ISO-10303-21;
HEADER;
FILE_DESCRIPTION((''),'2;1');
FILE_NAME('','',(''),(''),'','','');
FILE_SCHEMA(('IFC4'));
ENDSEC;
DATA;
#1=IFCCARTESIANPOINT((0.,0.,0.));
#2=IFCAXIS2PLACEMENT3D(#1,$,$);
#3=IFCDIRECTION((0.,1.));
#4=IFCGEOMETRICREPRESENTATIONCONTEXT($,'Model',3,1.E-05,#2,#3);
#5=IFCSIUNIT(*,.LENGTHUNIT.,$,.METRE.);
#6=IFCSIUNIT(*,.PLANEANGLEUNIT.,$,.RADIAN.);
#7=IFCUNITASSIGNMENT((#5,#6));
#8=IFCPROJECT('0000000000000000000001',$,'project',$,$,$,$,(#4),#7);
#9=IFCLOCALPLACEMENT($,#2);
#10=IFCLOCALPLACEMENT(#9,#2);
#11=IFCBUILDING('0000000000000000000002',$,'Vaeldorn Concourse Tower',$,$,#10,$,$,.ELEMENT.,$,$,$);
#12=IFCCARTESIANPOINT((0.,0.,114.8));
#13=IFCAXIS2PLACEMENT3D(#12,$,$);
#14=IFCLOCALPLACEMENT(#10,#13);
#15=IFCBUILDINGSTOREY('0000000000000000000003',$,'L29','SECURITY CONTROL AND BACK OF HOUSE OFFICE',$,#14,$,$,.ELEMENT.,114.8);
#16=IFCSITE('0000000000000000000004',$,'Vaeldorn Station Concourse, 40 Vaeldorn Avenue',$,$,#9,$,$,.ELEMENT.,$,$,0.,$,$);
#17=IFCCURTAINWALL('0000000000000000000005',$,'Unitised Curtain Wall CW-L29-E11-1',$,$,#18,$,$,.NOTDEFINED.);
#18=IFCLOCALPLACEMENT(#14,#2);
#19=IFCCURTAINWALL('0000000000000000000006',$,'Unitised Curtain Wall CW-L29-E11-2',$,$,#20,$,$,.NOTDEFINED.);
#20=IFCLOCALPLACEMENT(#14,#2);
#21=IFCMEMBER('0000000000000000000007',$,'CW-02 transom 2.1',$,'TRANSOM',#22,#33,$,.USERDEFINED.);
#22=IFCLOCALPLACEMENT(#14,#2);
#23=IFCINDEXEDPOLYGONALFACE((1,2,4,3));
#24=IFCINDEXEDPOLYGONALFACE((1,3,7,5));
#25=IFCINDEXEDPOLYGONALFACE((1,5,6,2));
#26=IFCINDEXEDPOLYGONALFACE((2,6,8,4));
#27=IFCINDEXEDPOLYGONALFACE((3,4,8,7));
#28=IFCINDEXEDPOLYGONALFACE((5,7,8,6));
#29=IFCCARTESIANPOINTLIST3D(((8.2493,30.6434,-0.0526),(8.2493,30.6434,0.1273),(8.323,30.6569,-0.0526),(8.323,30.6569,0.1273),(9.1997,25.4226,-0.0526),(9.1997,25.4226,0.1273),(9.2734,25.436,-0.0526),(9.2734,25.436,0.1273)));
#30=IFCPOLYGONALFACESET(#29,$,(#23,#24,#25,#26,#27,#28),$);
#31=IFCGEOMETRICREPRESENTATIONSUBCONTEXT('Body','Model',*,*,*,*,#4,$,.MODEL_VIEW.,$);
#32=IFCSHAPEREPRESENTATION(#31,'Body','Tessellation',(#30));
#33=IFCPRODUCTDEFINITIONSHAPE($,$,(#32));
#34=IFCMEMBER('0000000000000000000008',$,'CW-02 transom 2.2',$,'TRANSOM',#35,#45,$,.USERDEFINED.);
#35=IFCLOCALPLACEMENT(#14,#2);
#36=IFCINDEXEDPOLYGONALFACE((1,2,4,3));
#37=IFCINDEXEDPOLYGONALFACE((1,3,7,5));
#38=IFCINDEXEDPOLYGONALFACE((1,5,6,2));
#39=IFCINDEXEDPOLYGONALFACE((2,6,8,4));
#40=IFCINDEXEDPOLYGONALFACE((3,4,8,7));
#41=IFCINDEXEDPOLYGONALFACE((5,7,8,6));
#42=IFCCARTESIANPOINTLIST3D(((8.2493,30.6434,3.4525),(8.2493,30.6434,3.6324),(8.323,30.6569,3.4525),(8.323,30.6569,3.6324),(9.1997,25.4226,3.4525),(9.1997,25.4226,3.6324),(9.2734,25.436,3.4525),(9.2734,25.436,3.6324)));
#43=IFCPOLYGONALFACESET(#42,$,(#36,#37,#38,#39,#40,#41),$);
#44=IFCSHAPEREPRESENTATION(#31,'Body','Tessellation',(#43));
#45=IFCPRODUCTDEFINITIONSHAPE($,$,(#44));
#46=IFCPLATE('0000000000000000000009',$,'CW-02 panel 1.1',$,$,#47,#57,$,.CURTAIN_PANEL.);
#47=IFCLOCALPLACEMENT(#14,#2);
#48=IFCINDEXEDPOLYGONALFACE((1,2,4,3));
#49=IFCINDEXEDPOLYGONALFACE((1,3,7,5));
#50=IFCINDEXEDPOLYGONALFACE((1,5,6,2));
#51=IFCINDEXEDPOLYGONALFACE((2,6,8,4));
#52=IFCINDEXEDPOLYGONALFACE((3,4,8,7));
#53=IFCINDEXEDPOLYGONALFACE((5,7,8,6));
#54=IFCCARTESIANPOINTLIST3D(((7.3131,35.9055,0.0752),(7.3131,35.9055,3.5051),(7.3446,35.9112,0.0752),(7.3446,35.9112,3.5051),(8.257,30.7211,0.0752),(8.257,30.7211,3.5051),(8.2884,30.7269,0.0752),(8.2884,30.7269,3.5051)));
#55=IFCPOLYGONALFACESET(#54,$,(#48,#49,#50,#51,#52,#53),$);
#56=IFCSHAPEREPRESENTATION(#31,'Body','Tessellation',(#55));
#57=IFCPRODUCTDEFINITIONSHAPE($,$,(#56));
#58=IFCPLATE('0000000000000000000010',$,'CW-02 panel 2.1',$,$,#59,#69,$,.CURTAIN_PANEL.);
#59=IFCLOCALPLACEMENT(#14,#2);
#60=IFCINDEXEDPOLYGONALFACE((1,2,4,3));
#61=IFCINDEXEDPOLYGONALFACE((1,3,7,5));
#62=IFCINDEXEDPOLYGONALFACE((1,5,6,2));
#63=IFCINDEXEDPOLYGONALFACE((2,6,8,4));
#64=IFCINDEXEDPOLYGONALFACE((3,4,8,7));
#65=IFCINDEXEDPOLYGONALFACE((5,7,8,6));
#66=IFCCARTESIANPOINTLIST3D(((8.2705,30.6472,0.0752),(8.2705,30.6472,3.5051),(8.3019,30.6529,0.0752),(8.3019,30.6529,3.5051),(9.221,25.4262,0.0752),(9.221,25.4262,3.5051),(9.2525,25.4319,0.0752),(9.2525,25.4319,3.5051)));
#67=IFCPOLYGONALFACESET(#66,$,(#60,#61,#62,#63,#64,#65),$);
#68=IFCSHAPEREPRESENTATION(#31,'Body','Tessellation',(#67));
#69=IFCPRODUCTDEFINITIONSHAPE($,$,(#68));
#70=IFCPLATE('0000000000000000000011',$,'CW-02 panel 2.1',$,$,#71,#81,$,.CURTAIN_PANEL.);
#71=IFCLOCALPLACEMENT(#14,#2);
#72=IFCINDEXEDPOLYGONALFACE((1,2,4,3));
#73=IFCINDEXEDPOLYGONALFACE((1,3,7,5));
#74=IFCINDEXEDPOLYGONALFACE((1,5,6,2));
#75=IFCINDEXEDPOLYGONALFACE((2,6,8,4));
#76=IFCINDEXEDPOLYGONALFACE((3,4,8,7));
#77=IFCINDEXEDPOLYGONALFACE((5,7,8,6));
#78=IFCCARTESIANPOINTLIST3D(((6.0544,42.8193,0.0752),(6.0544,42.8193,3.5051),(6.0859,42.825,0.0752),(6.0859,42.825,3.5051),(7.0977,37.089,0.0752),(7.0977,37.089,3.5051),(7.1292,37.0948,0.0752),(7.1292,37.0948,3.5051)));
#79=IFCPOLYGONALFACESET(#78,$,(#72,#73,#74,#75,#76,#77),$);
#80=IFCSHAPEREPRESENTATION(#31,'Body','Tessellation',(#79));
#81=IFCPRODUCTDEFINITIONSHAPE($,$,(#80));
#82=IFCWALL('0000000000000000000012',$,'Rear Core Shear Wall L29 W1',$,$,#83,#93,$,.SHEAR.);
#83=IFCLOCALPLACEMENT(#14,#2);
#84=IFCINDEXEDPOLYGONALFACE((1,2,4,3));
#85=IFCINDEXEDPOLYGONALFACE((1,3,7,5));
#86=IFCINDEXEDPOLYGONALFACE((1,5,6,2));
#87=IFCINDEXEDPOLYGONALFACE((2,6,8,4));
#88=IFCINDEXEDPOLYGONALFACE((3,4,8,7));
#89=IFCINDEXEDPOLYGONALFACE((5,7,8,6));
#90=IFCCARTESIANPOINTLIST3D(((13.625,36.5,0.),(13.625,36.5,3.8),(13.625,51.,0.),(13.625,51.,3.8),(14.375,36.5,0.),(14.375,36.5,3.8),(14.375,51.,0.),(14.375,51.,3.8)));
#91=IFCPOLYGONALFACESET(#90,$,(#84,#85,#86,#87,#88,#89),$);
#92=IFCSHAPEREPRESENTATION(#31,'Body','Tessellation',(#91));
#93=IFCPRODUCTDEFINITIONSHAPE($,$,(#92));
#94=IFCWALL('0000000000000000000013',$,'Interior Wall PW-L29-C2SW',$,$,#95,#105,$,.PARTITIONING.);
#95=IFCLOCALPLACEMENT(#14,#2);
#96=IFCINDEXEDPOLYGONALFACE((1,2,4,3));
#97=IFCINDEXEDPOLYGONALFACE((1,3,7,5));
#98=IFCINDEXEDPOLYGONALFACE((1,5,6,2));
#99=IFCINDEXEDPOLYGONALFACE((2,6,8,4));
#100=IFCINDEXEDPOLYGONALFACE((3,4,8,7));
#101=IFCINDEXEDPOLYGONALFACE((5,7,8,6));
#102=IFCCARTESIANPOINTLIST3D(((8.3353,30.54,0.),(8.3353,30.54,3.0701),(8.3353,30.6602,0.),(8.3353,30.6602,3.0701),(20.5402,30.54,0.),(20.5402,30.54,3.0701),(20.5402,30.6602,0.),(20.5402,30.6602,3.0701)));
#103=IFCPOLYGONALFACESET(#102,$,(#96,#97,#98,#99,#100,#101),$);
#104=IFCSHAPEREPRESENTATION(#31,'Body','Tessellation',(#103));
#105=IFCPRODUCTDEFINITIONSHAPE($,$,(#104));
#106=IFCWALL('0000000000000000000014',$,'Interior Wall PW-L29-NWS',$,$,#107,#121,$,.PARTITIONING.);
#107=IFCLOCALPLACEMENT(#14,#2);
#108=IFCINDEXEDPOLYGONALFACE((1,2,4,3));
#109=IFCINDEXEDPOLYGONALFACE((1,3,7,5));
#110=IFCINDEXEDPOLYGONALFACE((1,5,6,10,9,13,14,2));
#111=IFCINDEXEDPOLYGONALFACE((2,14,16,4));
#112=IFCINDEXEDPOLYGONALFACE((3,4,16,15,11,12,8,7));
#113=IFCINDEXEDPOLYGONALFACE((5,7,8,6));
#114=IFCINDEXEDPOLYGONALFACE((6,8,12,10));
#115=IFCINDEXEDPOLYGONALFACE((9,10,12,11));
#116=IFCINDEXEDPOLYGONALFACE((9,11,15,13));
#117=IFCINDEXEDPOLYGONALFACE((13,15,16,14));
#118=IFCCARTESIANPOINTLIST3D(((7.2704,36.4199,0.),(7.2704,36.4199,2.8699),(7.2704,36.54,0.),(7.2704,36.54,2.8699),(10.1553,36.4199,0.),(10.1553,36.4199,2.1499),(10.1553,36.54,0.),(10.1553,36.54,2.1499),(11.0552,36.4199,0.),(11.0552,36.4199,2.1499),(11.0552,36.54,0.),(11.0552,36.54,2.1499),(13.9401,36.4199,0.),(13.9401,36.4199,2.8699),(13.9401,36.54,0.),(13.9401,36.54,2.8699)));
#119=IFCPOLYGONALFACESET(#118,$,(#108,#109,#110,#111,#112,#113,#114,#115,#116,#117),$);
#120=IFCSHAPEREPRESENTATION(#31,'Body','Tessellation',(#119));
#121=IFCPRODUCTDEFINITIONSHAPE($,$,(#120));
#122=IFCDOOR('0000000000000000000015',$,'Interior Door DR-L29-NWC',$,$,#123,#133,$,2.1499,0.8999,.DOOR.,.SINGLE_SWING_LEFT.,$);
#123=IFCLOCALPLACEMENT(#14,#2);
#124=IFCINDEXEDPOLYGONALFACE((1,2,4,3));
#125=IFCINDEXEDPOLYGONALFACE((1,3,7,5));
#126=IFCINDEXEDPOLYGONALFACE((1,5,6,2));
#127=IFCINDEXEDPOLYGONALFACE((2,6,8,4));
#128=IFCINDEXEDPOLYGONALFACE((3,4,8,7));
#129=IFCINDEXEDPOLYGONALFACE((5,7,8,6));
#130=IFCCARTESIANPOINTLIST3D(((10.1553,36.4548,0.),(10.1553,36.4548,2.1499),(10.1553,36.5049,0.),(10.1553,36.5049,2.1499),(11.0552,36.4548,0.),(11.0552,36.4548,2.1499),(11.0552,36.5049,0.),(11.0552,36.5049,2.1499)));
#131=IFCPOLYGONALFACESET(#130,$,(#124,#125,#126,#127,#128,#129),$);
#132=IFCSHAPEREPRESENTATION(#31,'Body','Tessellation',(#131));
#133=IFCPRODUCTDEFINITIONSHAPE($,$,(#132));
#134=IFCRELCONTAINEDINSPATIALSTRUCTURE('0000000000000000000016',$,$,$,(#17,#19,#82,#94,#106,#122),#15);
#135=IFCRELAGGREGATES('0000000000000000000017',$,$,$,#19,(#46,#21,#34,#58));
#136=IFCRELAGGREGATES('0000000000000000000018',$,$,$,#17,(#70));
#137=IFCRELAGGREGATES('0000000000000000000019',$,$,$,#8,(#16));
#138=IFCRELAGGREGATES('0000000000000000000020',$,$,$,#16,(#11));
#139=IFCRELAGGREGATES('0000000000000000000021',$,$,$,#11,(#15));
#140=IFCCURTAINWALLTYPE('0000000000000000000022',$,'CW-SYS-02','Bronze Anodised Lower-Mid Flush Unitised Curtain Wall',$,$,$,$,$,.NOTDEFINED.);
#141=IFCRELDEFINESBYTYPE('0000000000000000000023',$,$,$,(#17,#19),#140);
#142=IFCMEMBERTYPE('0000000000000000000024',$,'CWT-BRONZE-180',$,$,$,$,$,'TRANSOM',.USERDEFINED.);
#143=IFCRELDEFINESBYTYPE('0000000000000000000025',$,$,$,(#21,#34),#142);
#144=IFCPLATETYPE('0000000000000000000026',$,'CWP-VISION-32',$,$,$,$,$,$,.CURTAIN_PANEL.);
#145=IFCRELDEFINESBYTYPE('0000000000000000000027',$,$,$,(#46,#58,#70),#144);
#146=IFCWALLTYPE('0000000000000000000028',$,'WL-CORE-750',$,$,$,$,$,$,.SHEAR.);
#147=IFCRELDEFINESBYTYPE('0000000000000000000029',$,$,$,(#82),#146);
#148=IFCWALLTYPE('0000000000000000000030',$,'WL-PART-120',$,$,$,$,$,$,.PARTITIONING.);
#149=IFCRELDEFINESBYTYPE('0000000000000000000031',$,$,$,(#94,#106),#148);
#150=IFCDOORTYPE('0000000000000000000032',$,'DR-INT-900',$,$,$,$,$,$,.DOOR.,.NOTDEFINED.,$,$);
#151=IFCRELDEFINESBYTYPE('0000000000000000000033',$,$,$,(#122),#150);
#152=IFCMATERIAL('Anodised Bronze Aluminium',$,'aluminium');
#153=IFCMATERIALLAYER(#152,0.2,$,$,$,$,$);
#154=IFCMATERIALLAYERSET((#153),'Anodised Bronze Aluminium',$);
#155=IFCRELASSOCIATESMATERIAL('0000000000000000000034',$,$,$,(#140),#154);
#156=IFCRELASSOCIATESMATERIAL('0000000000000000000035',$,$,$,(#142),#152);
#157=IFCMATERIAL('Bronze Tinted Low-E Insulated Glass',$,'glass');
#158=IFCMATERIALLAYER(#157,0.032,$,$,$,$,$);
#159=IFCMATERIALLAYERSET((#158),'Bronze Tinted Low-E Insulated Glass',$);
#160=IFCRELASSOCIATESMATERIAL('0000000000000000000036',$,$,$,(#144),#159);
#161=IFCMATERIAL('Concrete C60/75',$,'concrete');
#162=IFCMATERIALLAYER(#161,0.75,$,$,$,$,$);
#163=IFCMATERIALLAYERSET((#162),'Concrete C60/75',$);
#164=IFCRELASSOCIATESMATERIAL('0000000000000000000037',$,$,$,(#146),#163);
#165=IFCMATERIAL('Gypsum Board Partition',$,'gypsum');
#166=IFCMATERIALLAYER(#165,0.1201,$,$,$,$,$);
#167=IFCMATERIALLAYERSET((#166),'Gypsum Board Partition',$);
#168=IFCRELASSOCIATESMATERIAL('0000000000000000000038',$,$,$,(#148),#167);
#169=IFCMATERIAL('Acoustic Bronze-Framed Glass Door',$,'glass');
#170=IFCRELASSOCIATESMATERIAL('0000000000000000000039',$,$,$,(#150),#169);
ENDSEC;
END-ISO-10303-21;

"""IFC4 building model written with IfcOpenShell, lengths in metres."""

from ifc_helpers import new_model, si_unit, direction, frame, frame_2d, origin, origin_2d, place, context, subcontext, project, spatial, rectangle, extrude, source, transform, mapped, material, layer, layer_set, material_profile, profile_set, type_object, element, fill, aggregate, save


model = new_model("IFC4")

# Units and contexts
model_context = context("Model", 3, precision=1e-05, world=origin(), true_north=direction((0.0, 1.0)))
body_context = subcontext(model_context, "Body", "Model", "MODEL_VIEW")
ifc_project = project(units=[si_unit("LENGTHUNIT", "METRE"), si_unit("PLANEANGLEUNIT", "RADIAN")], contexts=[model_context])

# Site, building, storey
site_placement = place(None, origin())
site = spatial("IfcSite", under=ifc_project, at=site_placement, Name="Vaeldorn Station Concourse, 40 Vaeldorn Avenue", CompositionType="ELEMENT", RefElevation=0.0)
building_placement = place(site_placement, origin())
building = spatial("IfcBuilding", under=site, at=building_placement, Name="Vaeldorn Concourse Tower", CompositionType="ELEMENT")
storey_placement = place(building_placement, frame((0.0, 0.0, 114.8)))
storey = spatial("IfcBuildingStorey", under=building, at=storey_placement, Name="L29", Description="SECURITY CONTROL AND BACK OF HOUSE OFFICE", CompositionType="ELEMENT", Elevation=114.8)

# Shared definitions
ifc_material_1 = material(Name="Concrete C60/75", Category="concrete")

# Curtain wall
ifc_material_2 = material(Name="Anodised Bronze Aluminium", Category="aluminium")
ifc_layer_1 = layer(ifc_material_2, 0.2)
ifc_layer_set_1 = layer_set([ifc_layer_1], Name="Anodised Bronze Aluminium")
curtain_wall_type = type_object("IfcCurtainWallType", Name="CW-SYS-02", Description="Bronze Anodised Lower-Mid Flush Unitised Curtain Wall", PredefinedType="NOTDEFINED", material=ifc_layer_set_1)
curtain_wall_1_placement = place(storey_placement, origin())
curtain_wall_1 = element("IfcCurtainWall", 1, at=curtain_wall_1_placement, inside=storey, type_object=curtain_wall_type, Name="Unitised Curtain Wall CW-L29-E11-1", PredefinedType="NOTDEFINED")

# Curtain wall, members, plates
curtain_wall_2_placement = place(storey_placement, origin())
curtain_wall_2 = element("IfcCurtainWall", 2, at=curtain_wall_2_placement, inside=storey, type_object=curtain_wall_type, Name="Unitised Curtain Wall CW-L29-E11-2", PredefinedType="NOTDEFINED")
ifc_material_profile_1 = material_profile(ifc_material_2, rectangle(XDim=0.075, YDim=0.1799, at=origin_2d()), Name="CWT 75x180")
ifc_profile_set_1 = profile_set([ifc_material_profile_1], Name="Anodised Bronze Aluminium")
member_type_1 = type_object("IfcMemberType", Name="CWT-BRONZE-180", ElementType="TRANSOM", PredefinedType="USERDEFINED", material=ifc_profile_set_1)
shared_shape_1 = source(origin(), body_context, "Body", "SweptSolid", [
    extrude(rectangle(XDim=0.075, YDim=0.1799, at=origin_2d()), origin(), (0.0, 0.0, 1.0), 5.3066),
])
member_1_placement = place(storey_placement, frame((8.2861, 30.6501, 0.0374), z_axis=(0.1791, -0.983831, 0.0), x_axis=(0.983831, 0.1791, 0.0)))
member_1 = element("IfcMember", 3, at=member_1_placement, type_object=member_type_1, Name="CW-02 transom 2.1", ObjectType="TRANSOM", PredefinedType="USERDEFINED", context=body_context, shape_type="MappedRepresentation", body=[
    mapped(shared_shape_1, transform((0.0, 0.0, 0.0), scale=1.0)),
])
member_2_placement = place(storey_placement, frame((8.2861, 30.6501, 3.5425), z_axis=(0.1791, -0.983831, 0.0), x_axis=(0.983831, 0.1791, 0.0)))
member_2 = element("IfcMember", 4, at=member_2_placement, type_object=member_type_1, Name="CW-02 transom 2.2", ObjectType="TRANSOM", PredefinedType="USERDEFINED", context=body_context, shape_type="MappedRepresentation", body=[
    mapped(shared_shape_1, transform((0.0, 0.0, 0.0), scale=1.0)),
])
ifc_material_3 = material(Name="Bronze Tinted Low-E Insulated Glass", Category="glass")
ifc_layer_2 = layer(ifc_material_3, 0.032)
ifc_layer_set_2 = layer_set([ifc_layer_2], Name="Bronze Tinted Low-E Insulated Glass")
plate_type = type_object("IfcPlateType", Name="CWP-VISION-32", PredefinedType="CURTAIN_PANEL", material=ifc_layer_set_2)
shared_shape_2 = source(origin(), body_context, "Body", "SweptSolid", [
    extrude(rectangle(XDim=5.2695, YDim=0.032, at=origin_2d()), origin(), (0.0, 0.0, 1.0), 3.4299),
])
plate_1_placement = place(storey_placement, frame((7.8008, 33.3162, 0.0752), z_axis=(0.0, 0.0, 1.0), x_axis=(0.179118, -0.983828, 0.0)))
plate_1 = element("IfcPlate", 5, at=plate_1_placement, type_object=plate_type, Name="CW-02 panel 1.1", PredefinedType="CURTAIN_PANEL", context=body_context, shape_type="MappedRepresentation", body=[
    mapped(shared_shape_2, transform((0.0, 0.0, 0.0), scale=1.0)),
])
shared_shape_3 = source(origin(), body_context, "Body", "SweptSolid", [
    extrude(rectangle(XDim=5.3069, YDim=0.032, at=origin_2d()), origin(), (0.0, 0.0, 1.0), 3.4299),
])
plate_2_placement = place(storey_placement, frame((8.7615, 28.0396, 0.0752), z_axis=(0.0, 0.0, 1.0), x_axis=(0.179118, -0.983828, 0.0)))
plate_2 = element("IfcPlate", 6, at=plate_2_placement, type_object=plate_type, Name="CW-02 panel 2.1", PredefinedType="CURTAIN_PANEL", context=body_context, shape_type="MappedRepresentation", body=[
    mapped(shared_shape_3, transform((0.0, 0.0, 0.0), scale=1.0)),
])
aggregate(curtain_wall_2, [plate_1, member_1, member_2, plate_2])

# Plate
shared_shape_4 = source(origin(), body_context, "Body", "SweptSolid", [
    extrude(rectangle(XDim=5.8245, YDim=0.032, at=origin_2d()), origin(), (0.0, 0.0, 1.0), 3.4299),
])
plate_3_placement = place(storey_placement, frame((6.5918, 39.957, 0.0752), z_axis=(0.0, 0.0, 1.0), x_axis=(0.179114, -0.983828, 0.0)))
plate_3 = element("IfcPlate", 7, at=plate_3_placement, type_object=plate_type, Name="CW-02 panel 2.1", PredefinedType="CURTAIN_PANEL", context=body_context, shape_type="MappedRepresentation", body=[
    mapped(shared_shape_4, transform((0.0, 0.0, 0.0), scale=1.0)),
])
aggregate(curtain_wall_1, [plate_3])

# Walls
ifc_layer_3 = layer(ifc_material_1, 0.75)
ifc_layer_set_3 = layer_set([ifc_layer_3], Name="Concrete C60/75")
wall_type_1 = type_object("IfcWallType", Name="WL-CORE-750", PredefinedType="SHEAR", material=ifc_layer_set_3)
wall_1_placement = place(storey_placement, frame((14.0, 36.5, 0.0), z_axis=(0.0, 0.0, 1.0), x_axis=(0.0, 1.0, 0.0)))
element("IfcWall", 8, at=wall_1_placement, inside=storey, type_object=wall_type_1, Name="Rear Core Shear Wall L29 W1", PredefinedType="SHEAR", context=body_context, shape_type="SweptSolid", body=[
    extrude(rectangle(XDim=14.5, YDim=0.75, at=frame_2d((7.25, 0.0))), origin(), (0.0, 0.0, 1.0), 3.8),
])
ifc_material_4 = material(Name="Gypsum Board Partition", Category="gypsum")
ifc_layer_4 = layer(ifc_material_4, 0.1201)
ifc_layer_set_4 = layer_set([ifc_layer_4], Name="Gypsum Board Partition")
wall_type_2 = type_object("IfcWallType", Name="WL-PART-120", PredefinedType="PARTITIONING", material=ifc_layer_set_4)
wall_2_placement = place(storey_placement, frame((8.3352, 30.6001, 0.0), z_axis=(0.0, 0.0, 1.0), x_axis=(1.0, 0.0, 0.0)))
element("IfcWall", 9, at=wall_2_placement, inside=storey, type_object=wall_type_2, Name="Interior Wall PW-L29-C2SW", PredefinedType="PARTITIONING", context=body_context, shape_type="SweptSolid", body=[
    extrude(rectangle(XDim=12.2048, YDim=0.1201, at=frame_2d((6.1025, 0.0))), origin(), (0.0, 0.0, 1.0), 3.0701),
])

# Wall, opening, door
wall_3_placement = place(storey_placement, frame((7.2703, 36.48, 0.0), z_axis=(0.0, 0.0, 1.0), x_axis=(1.0, 0.0, 0.0)))
wall_3 = element("IfcWall", 10, at=wall_3_placement, inside=storey, type_object=wall_type_2, Name="Interior Wall PW-L29-NWS", PredefinedType="PARTITIONING", context=body_context, shape_type="SweptSolid", body=[
    extrude(rectangle(XDim=6.6697, YDim=0.1201, at=frame_2d((3.335, 0.0))), origin(), (0.0, 0.0, 1.0), 2.8699),
])
opening_placement = place(wall_3_placement, frame((2.885, 0.0, 0.0)))
opening = element("IfcOpeningElement", 11, at=opening_placement, cuts=wall_3, PredefinedType="OPENING", context=body_context, shape_type="SweptSolid", body=[
    extrude(rectangle(XDim=0.8999, YDim=2.1499, at=frame_2d((0.45, 1.075))), frame((0.0, 0.0701, 0.0), z_axis=(0.0, -1.0, 0.0), x_axis=(1.0, 0.0, 0.0)), (0.0, 0.0, 1.0), 0.1401),
])
ifc_material_5 = material(Name="Acoustic Bronze-Framed Glass Door", Category="glass")
door_type = type_object("IfcDoorType", Name="DR-INT-900", OperationType="NOTDEFINED", PredefinedType="DOOR", material=ifc_material_5)
shared_shape_5 = source(origin(), body_context, "Body", "SweptSolid", [
    extrude(rectangle(XDim=0.8999, YDim=2.1499, at=frame_2d((0.45, 1.075))), frame((0.0, 0.0249, 0.0), z_axis=(0.0, -1.0, 0.0), x_axis=(1.0, 0.0, 0.0)), (0.0, 0.0, 1.0), 0.05),
])
door_placement = place(opening_placement, origin())
door = element("IfcDoor", 12, at=door_placement, inside=storey, type_object=door_type, Name="Interior Door DR-L29-NWC", OperationType="SINGLE_SWING_LEFT", OverallHeight=2.1499, OverallWidth=0.8999, PredefinedType="DOOR", context=body_context, shape_type="MappedRepresentation", body=[
    mapped(shared_shape_5, transform((0.0, 0.0, 0.0), scale=1.0)),
])
fill(opening, door)

save(model, "model.ifc")
